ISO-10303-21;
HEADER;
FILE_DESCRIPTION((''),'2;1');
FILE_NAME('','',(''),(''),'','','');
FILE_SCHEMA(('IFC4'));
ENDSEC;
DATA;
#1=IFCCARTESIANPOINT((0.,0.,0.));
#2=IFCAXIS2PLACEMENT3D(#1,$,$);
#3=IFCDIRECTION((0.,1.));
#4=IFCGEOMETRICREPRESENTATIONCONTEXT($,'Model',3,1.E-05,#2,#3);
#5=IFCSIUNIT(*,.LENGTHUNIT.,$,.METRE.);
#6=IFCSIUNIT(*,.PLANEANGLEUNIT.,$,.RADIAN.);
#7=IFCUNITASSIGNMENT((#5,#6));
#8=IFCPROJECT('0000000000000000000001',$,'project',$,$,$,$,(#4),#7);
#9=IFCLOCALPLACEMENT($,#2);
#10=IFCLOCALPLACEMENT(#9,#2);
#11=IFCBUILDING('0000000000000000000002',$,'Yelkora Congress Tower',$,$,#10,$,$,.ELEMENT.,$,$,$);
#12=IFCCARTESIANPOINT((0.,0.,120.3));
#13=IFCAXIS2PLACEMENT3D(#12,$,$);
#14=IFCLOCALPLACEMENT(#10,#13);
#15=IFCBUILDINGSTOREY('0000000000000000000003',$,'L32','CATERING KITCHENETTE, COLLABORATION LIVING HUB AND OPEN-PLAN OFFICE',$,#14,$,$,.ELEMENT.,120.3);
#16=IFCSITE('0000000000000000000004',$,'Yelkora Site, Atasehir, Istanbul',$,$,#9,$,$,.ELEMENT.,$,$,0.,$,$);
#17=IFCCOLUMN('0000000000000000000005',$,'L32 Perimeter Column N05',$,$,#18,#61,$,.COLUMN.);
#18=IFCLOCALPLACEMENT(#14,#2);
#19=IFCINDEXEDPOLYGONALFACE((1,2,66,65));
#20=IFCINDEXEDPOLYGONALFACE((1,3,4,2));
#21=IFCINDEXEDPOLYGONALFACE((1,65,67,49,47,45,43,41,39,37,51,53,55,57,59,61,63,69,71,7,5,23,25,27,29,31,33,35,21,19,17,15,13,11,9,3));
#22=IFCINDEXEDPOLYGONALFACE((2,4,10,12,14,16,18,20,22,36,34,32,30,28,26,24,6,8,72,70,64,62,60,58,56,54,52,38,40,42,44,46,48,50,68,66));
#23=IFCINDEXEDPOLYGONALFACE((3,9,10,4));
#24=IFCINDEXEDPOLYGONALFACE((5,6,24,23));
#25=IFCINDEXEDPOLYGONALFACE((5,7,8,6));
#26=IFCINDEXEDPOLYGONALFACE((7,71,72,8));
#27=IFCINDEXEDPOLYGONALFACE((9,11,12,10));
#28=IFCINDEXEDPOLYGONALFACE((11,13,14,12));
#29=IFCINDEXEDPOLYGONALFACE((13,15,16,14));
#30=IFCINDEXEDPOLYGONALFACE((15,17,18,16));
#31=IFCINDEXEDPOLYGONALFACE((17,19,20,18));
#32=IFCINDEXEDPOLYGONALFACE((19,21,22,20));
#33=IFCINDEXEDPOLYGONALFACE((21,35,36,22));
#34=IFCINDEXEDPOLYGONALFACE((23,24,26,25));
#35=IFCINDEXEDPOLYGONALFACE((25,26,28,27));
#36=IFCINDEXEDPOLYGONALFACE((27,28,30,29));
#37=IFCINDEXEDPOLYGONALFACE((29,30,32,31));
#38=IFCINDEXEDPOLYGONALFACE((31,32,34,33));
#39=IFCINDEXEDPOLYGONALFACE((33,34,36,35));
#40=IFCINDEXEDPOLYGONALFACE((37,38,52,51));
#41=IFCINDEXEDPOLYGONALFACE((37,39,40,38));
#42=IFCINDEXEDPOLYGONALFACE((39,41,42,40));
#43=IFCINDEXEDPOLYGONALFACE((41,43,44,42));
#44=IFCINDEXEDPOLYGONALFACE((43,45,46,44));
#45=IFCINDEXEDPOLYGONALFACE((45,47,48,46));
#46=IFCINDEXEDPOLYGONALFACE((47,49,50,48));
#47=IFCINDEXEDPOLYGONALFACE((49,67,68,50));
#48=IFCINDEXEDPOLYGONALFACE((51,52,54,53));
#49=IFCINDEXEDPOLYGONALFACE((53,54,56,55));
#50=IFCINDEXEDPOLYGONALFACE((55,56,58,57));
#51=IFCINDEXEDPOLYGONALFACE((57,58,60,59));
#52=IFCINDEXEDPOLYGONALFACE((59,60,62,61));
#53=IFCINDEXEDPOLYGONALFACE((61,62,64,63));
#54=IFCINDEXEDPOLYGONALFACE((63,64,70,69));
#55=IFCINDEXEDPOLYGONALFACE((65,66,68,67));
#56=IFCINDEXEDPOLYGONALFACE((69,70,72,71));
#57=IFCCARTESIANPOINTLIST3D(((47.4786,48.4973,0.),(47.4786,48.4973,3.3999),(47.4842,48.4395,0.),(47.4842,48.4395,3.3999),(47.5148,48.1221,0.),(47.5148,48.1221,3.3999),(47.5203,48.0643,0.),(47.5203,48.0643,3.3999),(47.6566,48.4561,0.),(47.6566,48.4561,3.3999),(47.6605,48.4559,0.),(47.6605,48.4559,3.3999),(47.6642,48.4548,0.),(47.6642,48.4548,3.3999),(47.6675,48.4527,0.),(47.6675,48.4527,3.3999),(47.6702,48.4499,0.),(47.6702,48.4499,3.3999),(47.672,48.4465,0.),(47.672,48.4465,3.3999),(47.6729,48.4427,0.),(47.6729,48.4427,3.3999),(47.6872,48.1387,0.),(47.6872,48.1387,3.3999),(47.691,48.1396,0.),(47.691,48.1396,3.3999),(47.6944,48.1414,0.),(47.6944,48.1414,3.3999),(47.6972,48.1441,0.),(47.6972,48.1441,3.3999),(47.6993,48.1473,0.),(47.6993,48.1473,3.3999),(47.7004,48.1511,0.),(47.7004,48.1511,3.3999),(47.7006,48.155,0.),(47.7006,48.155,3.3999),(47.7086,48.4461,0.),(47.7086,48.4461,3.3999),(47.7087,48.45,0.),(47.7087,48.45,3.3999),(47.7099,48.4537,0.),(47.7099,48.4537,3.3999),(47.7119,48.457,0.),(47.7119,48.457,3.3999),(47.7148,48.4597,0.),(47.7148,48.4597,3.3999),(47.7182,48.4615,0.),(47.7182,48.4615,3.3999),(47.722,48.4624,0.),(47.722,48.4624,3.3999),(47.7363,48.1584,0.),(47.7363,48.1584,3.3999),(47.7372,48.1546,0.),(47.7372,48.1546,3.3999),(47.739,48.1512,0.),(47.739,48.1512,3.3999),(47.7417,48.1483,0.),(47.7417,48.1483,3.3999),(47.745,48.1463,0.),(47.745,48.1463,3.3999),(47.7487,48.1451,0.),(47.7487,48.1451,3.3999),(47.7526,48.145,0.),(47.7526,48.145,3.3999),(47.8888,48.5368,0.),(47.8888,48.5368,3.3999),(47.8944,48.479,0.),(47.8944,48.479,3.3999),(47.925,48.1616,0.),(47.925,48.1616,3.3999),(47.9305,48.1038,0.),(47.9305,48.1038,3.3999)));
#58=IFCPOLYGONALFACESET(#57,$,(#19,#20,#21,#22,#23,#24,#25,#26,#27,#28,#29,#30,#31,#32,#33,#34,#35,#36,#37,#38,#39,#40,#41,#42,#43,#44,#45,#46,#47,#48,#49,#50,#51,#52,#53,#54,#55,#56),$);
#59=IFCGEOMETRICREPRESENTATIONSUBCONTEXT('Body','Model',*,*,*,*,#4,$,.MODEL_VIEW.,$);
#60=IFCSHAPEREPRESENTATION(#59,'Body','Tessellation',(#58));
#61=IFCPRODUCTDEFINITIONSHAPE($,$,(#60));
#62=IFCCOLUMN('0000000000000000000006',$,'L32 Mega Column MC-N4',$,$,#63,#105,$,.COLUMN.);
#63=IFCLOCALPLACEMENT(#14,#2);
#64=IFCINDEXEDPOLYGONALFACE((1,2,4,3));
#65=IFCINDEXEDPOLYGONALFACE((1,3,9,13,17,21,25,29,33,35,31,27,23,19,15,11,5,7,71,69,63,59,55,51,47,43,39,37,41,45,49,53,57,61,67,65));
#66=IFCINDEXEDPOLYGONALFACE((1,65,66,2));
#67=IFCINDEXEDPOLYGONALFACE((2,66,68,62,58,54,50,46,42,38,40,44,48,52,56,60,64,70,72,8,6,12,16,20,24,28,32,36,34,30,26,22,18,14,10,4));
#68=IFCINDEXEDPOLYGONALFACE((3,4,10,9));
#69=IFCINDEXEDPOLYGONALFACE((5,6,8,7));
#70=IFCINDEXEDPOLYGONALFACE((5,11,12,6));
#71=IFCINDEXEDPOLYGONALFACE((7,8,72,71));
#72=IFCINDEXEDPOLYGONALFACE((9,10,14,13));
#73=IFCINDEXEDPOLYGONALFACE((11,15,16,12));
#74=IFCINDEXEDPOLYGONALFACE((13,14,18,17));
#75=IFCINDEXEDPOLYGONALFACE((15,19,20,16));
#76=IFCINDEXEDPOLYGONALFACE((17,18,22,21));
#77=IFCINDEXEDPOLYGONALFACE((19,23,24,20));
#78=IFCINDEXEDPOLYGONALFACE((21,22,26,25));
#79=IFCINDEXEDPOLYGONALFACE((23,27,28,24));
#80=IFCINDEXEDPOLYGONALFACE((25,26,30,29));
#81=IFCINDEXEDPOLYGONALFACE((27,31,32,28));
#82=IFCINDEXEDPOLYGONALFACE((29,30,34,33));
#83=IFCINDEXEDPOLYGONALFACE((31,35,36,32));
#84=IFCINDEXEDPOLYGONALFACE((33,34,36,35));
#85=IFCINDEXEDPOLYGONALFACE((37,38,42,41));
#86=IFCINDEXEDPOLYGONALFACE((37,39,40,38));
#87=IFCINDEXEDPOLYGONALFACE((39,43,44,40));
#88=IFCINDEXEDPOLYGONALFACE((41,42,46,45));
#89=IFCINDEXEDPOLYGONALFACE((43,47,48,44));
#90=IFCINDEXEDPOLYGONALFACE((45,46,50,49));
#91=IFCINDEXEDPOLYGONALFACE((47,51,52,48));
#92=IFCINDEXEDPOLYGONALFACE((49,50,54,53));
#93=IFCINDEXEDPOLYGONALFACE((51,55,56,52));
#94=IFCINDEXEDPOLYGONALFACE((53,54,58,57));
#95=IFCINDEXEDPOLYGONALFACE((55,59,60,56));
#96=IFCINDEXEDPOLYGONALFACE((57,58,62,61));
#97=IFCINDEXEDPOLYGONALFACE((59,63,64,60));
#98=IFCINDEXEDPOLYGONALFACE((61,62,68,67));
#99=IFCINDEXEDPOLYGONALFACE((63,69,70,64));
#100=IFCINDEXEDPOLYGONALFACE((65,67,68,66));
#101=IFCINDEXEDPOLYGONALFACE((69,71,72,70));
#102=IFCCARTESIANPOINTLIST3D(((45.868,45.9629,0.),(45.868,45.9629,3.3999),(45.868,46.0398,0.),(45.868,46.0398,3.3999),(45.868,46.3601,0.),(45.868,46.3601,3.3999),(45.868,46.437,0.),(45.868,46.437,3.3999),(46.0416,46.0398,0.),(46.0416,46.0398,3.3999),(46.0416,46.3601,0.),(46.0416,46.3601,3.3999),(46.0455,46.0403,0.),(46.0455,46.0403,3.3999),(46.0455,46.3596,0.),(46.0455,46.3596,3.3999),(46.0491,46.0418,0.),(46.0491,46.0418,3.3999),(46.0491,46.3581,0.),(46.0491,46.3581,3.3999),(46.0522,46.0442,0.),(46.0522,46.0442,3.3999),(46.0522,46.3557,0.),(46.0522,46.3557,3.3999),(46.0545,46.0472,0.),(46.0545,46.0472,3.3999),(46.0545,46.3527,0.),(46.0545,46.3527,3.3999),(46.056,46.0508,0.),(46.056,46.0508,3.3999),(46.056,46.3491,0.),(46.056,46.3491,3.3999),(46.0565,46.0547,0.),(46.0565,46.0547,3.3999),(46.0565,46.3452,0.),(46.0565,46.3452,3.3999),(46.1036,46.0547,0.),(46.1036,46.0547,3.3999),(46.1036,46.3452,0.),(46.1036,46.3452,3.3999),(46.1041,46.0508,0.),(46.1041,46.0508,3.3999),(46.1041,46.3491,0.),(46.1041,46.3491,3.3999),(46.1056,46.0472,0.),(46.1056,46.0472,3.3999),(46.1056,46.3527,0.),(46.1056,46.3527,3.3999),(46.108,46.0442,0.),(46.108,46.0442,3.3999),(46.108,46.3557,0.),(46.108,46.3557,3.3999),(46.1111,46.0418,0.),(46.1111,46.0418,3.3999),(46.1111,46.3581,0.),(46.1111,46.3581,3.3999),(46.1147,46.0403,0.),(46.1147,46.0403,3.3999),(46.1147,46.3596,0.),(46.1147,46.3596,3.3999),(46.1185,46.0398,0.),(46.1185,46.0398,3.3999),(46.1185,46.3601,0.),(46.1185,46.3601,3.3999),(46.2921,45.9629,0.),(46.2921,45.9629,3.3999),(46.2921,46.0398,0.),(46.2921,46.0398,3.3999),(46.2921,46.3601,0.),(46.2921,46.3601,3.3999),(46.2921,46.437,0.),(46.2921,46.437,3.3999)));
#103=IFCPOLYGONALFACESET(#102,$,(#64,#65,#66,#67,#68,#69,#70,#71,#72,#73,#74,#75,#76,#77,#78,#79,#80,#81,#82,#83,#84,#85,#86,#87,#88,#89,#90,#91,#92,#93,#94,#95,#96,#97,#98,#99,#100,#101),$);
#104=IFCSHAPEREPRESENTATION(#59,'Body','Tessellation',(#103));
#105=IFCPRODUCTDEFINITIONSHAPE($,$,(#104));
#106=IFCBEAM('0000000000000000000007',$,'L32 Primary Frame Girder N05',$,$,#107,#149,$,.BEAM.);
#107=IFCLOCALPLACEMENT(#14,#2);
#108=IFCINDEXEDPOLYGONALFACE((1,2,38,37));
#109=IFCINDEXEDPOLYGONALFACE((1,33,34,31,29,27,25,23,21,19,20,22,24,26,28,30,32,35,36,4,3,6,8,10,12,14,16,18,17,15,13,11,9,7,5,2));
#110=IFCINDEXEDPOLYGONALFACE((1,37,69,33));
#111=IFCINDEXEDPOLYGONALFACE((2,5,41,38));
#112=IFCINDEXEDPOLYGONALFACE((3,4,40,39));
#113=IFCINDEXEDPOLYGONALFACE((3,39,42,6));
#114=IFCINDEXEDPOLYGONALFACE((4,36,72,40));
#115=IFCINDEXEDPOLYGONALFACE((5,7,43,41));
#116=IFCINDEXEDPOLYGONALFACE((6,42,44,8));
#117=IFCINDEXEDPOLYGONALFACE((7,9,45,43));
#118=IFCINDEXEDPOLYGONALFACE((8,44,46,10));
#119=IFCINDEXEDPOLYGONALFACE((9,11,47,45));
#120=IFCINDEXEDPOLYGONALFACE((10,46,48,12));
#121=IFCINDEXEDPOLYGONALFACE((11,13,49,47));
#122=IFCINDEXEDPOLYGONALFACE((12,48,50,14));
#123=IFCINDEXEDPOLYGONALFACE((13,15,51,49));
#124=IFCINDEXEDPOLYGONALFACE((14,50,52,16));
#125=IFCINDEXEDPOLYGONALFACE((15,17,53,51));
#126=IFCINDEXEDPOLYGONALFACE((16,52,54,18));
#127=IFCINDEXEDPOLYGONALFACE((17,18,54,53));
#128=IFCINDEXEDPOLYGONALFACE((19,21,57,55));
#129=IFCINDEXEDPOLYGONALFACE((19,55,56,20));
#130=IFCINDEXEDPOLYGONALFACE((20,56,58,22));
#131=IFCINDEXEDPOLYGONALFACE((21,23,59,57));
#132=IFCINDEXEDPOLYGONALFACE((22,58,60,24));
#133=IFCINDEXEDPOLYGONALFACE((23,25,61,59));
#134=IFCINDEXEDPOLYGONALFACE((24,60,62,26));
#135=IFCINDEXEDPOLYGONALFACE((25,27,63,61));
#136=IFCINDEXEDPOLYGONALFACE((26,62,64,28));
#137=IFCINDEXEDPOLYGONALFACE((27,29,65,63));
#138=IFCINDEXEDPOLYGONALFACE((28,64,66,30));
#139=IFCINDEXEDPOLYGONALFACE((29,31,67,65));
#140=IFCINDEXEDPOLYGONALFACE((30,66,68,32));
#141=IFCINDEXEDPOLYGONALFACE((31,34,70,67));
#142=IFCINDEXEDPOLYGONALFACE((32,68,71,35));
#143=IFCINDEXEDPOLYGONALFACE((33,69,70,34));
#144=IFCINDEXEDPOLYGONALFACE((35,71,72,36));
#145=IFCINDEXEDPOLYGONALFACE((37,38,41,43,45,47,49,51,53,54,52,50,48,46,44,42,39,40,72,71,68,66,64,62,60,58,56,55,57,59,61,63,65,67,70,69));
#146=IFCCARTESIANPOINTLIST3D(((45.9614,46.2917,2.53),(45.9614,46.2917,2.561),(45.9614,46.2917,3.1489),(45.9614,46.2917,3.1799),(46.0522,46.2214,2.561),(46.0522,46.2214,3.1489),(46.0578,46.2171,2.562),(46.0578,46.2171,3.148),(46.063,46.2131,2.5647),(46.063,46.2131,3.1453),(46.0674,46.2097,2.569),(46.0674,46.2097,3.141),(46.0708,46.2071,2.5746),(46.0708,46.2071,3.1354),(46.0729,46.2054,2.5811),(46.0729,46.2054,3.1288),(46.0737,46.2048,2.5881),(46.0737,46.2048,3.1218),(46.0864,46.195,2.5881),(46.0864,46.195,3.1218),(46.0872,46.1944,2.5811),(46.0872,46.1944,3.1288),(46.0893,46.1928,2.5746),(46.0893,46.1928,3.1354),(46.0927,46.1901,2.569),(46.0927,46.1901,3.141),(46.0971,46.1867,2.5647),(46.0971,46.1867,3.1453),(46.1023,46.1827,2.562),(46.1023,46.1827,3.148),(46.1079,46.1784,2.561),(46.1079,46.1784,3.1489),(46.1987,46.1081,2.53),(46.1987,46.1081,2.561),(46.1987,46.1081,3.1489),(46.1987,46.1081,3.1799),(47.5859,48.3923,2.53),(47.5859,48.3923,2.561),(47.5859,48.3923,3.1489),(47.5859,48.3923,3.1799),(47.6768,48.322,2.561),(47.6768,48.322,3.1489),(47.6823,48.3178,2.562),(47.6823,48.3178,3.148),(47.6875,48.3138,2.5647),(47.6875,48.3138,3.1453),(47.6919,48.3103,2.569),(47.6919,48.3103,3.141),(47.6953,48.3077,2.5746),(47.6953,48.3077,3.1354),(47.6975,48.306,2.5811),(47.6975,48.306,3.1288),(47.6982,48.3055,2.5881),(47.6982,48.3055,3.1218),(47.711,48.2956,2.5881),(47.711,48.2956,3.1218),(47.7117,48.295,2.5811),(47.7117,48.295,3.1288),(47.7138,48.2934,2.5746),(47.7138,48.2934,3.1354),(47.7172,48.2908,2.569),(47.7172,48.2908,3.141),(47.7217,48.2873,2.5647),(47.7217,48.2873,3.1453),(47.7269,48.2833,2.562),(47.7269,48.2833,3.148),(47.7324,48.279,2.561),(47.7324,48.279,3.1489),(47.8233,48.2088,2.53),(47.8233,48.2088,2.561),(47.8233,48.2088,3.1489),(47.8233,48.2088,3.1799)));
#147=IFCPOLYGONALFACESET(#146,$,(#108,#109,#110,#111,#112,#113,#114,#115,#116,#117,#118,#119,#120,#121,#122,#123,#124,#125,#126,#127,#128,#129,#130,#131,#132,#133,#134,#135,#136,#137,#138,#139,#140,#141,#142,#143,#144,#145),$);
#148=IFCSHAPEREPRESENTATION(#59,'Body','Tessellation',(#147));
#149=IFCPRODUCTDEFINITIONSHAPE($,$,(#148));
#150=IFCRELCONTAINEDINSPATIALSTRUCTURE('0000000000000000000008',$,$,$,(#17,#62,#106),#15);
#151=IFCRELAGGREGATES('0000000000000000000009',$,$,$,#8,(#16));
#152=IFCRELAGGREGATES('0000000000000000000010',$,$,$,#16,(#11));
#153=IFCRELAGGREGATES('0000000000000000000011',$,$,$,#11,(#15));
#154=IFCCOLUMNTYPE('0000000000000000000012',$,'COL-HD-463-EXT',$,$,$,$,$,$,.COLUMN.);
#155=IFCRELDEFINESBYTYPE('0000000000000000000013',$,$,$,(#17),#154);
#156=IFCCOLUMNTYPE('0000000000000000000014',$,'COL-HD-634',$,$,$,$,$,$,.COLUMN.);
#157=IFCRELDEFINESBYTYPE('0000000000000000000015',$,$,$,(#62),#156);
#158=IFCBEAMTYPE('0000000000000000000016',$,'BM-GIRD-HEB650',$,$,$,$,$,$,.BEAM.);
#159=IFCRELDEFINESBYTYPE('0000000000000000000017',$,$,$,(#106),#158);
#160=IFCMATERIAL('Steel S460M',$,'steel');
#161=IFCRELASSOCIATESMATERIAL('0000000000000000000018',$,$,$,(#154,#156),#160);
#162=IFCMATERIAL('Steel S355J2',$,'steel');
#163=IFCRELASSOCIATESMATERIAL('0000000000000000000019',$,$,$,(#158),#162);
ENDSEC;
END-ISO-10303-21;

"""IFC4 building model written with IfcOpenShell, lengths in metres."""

from ifc_helpers import new_model, si_unit, direction, frame, origin, origin_2d, place, context, subcontext, project, spatial, i_section, extrude, material, material_profile, profile_set, type_object, element, save


model = new_model("IFC4")

# Units and contexts
model_context = context("Model", 3, precision=1e-05, world=origin(), true_north=direction((0.0, 1.0)))
body_context = subcontext(model_context, "Body", "Model", "MODEL_VIEW")
ifc_project = project(units=[si_unit("LENGTHUNIT", "METRE"), si_unit("PLANEANGLEUNIT", "RADIAN")], contexts=[model_context])

# Site, building, storey
site_placement = place(None, origin())
site = spatial("IfcSite", under=ifc_project, at=site_placement, Name="Yelkora Site, Atasehir, Istanbul", CompositionType="ELEMENT", RefElevation=0.0)
building_placement = place(site_placement, origin())
building = spatial("IfcBuilding", under=site, at=building_placement, Name="Yelkora Congress Tower", CompositionType="ELEMENT")
storey_placement = place(building_placement, frame((0.0, 0.0, 120.3)))
storey = spatial("IfcBuildingStorey", under=building, at=storey_placement, Name="L32", Description="CATERING KITCHENETTE, COLLABORATION LIVING HUB AND OPEN-PLAN OFFICE", CompositionType="ELEMENT", Elevation=120.3)

# Columns
ifc_material_1 = material(Name="Steel S460M", Category="steel")
ifc_material_profile_1 = material_profile(ifc_material_1, i_section(OverallWidth=0.4121, OverallDepth=0.4351, WebThickness=0.0359, FlangeThickness=0.0581, FilletRadius=0.0149, at=origin_2d()), Name="HD 400x463")
ifc_profile_set_1 = profile_set([ifc_material_profile_1], Name="Steel S460M")
column_type_1 = type_object("IfcColumnType", Name="COL-HD-463-EXT", PredefinedType="COLUMN", material=ifc_profile_set_1)
column_1_placement = place(storey_placement, frame((47.7046, 48.3005, 0.0), z_axis=(0.0, 0.0, 1.0), x_axis=(0.995396, 0.095846, 0.0)))
element("IfcColumn", 1, at=column_1_placement, inside=storey, type_object=column_type_1, Name="L32 Perimeter Column N05", PredefinedType="COLUMN", context=body_context, shape_type="SweptSolid", body=[
    extrude(i_section(OverallWidth=0.4121, OverallDepth=0.4351, WebThickness=0.0359, FlangeThickness=0.0581, FilletRadius=0.0149, at=origin_2d()), origin(), (0.0, 0.0, 1.0), 3.3999),
])
ifc_material_profile_2 = material_profile(ifc_material_1, i_section(OverallWidth=0.4241, OverallDepth=0.4741, WebThickness=0.0471, FlangeThickness=0.0769, FilletRadius=0.0149, at=origin_2d()), Name="HD 400x634")
ifc_profile_set_2 = profile_set([ifc_material_profile_2], Name="Steel S460M")
column_type_2 = type_object("IfcColumnType", Name="COL-HD-634", PredefinedType="COLUMN", material=ifc_profile_set_2)
column_2_placement = place(storey_placement, frame((46.0801, 46.2, 0.0), z_axis=(0.0, 0.0, 1.0), x_axis=(1.0, 0.0, 0.0)))
element("IfcColumn", 2, at=column_2_placement, inside=storey, type_object=column_type_2, Name="L32 Mega Column MC-N4", PredefinedType="COLUMN", context=body_context, shape_type="SweptSolid", body=[
    extrude(i_section(OverallWidth=0.4241, OverallDepth=0.4741, WebThickness=0.0471, FlangeThickness=0.0769, FilletRadius=0.0149, at=origin_2d()), origin(), (0.0, 0.0, 1.0), 3.3999),
])

# Beam
ifc_material_2 = material(Name="Steel S355J2", Category="steel")
ifc_material_profile_3 = material_profile(ifc_material_2, i_section(OverallWidth=0.3, OverallDepth=0.6499, WebThickness=0.0161, FlangeThickness=0.031, FilletRadius=0.0271, at=origin_2d()), Name="HEB 650")
ifc_profile_set_3 = profile_set([ifc_material_profile_3], Name="Steel S355J2")
beam_type_1 = type_object("IfcBeamType", Name="BM-GIRD-HEB650", PredefinedType="BEAM", material=ifc_profile_set_3)
beam_1_placement = place(storey_placement, frame((47.7046, 48.3005, 2.855), z_axis=(-0.611761, -0.791042, 0.0), x_axis=(0.791042, -0.611761, 0.0)))
element("IfcBeam", 3, at=beam_1_placement, inside=storey, type_object=beam_type_1, Name="L32 Primary Frame Girder N05", PredefinedType="BEAM", context=body_context, shape_type="SweptSolid", body=[
    extrude(i_section(OverallWidth=0.3, OverallDepth=0.6499, WebThickness=0.0161, FlangeThickness=0.031, FilletRadius=0.0271, at=origin_2d()), origin(), (0.0, 0.0, 1.0), 2.6555),
])

save(model, "model.ifc")
